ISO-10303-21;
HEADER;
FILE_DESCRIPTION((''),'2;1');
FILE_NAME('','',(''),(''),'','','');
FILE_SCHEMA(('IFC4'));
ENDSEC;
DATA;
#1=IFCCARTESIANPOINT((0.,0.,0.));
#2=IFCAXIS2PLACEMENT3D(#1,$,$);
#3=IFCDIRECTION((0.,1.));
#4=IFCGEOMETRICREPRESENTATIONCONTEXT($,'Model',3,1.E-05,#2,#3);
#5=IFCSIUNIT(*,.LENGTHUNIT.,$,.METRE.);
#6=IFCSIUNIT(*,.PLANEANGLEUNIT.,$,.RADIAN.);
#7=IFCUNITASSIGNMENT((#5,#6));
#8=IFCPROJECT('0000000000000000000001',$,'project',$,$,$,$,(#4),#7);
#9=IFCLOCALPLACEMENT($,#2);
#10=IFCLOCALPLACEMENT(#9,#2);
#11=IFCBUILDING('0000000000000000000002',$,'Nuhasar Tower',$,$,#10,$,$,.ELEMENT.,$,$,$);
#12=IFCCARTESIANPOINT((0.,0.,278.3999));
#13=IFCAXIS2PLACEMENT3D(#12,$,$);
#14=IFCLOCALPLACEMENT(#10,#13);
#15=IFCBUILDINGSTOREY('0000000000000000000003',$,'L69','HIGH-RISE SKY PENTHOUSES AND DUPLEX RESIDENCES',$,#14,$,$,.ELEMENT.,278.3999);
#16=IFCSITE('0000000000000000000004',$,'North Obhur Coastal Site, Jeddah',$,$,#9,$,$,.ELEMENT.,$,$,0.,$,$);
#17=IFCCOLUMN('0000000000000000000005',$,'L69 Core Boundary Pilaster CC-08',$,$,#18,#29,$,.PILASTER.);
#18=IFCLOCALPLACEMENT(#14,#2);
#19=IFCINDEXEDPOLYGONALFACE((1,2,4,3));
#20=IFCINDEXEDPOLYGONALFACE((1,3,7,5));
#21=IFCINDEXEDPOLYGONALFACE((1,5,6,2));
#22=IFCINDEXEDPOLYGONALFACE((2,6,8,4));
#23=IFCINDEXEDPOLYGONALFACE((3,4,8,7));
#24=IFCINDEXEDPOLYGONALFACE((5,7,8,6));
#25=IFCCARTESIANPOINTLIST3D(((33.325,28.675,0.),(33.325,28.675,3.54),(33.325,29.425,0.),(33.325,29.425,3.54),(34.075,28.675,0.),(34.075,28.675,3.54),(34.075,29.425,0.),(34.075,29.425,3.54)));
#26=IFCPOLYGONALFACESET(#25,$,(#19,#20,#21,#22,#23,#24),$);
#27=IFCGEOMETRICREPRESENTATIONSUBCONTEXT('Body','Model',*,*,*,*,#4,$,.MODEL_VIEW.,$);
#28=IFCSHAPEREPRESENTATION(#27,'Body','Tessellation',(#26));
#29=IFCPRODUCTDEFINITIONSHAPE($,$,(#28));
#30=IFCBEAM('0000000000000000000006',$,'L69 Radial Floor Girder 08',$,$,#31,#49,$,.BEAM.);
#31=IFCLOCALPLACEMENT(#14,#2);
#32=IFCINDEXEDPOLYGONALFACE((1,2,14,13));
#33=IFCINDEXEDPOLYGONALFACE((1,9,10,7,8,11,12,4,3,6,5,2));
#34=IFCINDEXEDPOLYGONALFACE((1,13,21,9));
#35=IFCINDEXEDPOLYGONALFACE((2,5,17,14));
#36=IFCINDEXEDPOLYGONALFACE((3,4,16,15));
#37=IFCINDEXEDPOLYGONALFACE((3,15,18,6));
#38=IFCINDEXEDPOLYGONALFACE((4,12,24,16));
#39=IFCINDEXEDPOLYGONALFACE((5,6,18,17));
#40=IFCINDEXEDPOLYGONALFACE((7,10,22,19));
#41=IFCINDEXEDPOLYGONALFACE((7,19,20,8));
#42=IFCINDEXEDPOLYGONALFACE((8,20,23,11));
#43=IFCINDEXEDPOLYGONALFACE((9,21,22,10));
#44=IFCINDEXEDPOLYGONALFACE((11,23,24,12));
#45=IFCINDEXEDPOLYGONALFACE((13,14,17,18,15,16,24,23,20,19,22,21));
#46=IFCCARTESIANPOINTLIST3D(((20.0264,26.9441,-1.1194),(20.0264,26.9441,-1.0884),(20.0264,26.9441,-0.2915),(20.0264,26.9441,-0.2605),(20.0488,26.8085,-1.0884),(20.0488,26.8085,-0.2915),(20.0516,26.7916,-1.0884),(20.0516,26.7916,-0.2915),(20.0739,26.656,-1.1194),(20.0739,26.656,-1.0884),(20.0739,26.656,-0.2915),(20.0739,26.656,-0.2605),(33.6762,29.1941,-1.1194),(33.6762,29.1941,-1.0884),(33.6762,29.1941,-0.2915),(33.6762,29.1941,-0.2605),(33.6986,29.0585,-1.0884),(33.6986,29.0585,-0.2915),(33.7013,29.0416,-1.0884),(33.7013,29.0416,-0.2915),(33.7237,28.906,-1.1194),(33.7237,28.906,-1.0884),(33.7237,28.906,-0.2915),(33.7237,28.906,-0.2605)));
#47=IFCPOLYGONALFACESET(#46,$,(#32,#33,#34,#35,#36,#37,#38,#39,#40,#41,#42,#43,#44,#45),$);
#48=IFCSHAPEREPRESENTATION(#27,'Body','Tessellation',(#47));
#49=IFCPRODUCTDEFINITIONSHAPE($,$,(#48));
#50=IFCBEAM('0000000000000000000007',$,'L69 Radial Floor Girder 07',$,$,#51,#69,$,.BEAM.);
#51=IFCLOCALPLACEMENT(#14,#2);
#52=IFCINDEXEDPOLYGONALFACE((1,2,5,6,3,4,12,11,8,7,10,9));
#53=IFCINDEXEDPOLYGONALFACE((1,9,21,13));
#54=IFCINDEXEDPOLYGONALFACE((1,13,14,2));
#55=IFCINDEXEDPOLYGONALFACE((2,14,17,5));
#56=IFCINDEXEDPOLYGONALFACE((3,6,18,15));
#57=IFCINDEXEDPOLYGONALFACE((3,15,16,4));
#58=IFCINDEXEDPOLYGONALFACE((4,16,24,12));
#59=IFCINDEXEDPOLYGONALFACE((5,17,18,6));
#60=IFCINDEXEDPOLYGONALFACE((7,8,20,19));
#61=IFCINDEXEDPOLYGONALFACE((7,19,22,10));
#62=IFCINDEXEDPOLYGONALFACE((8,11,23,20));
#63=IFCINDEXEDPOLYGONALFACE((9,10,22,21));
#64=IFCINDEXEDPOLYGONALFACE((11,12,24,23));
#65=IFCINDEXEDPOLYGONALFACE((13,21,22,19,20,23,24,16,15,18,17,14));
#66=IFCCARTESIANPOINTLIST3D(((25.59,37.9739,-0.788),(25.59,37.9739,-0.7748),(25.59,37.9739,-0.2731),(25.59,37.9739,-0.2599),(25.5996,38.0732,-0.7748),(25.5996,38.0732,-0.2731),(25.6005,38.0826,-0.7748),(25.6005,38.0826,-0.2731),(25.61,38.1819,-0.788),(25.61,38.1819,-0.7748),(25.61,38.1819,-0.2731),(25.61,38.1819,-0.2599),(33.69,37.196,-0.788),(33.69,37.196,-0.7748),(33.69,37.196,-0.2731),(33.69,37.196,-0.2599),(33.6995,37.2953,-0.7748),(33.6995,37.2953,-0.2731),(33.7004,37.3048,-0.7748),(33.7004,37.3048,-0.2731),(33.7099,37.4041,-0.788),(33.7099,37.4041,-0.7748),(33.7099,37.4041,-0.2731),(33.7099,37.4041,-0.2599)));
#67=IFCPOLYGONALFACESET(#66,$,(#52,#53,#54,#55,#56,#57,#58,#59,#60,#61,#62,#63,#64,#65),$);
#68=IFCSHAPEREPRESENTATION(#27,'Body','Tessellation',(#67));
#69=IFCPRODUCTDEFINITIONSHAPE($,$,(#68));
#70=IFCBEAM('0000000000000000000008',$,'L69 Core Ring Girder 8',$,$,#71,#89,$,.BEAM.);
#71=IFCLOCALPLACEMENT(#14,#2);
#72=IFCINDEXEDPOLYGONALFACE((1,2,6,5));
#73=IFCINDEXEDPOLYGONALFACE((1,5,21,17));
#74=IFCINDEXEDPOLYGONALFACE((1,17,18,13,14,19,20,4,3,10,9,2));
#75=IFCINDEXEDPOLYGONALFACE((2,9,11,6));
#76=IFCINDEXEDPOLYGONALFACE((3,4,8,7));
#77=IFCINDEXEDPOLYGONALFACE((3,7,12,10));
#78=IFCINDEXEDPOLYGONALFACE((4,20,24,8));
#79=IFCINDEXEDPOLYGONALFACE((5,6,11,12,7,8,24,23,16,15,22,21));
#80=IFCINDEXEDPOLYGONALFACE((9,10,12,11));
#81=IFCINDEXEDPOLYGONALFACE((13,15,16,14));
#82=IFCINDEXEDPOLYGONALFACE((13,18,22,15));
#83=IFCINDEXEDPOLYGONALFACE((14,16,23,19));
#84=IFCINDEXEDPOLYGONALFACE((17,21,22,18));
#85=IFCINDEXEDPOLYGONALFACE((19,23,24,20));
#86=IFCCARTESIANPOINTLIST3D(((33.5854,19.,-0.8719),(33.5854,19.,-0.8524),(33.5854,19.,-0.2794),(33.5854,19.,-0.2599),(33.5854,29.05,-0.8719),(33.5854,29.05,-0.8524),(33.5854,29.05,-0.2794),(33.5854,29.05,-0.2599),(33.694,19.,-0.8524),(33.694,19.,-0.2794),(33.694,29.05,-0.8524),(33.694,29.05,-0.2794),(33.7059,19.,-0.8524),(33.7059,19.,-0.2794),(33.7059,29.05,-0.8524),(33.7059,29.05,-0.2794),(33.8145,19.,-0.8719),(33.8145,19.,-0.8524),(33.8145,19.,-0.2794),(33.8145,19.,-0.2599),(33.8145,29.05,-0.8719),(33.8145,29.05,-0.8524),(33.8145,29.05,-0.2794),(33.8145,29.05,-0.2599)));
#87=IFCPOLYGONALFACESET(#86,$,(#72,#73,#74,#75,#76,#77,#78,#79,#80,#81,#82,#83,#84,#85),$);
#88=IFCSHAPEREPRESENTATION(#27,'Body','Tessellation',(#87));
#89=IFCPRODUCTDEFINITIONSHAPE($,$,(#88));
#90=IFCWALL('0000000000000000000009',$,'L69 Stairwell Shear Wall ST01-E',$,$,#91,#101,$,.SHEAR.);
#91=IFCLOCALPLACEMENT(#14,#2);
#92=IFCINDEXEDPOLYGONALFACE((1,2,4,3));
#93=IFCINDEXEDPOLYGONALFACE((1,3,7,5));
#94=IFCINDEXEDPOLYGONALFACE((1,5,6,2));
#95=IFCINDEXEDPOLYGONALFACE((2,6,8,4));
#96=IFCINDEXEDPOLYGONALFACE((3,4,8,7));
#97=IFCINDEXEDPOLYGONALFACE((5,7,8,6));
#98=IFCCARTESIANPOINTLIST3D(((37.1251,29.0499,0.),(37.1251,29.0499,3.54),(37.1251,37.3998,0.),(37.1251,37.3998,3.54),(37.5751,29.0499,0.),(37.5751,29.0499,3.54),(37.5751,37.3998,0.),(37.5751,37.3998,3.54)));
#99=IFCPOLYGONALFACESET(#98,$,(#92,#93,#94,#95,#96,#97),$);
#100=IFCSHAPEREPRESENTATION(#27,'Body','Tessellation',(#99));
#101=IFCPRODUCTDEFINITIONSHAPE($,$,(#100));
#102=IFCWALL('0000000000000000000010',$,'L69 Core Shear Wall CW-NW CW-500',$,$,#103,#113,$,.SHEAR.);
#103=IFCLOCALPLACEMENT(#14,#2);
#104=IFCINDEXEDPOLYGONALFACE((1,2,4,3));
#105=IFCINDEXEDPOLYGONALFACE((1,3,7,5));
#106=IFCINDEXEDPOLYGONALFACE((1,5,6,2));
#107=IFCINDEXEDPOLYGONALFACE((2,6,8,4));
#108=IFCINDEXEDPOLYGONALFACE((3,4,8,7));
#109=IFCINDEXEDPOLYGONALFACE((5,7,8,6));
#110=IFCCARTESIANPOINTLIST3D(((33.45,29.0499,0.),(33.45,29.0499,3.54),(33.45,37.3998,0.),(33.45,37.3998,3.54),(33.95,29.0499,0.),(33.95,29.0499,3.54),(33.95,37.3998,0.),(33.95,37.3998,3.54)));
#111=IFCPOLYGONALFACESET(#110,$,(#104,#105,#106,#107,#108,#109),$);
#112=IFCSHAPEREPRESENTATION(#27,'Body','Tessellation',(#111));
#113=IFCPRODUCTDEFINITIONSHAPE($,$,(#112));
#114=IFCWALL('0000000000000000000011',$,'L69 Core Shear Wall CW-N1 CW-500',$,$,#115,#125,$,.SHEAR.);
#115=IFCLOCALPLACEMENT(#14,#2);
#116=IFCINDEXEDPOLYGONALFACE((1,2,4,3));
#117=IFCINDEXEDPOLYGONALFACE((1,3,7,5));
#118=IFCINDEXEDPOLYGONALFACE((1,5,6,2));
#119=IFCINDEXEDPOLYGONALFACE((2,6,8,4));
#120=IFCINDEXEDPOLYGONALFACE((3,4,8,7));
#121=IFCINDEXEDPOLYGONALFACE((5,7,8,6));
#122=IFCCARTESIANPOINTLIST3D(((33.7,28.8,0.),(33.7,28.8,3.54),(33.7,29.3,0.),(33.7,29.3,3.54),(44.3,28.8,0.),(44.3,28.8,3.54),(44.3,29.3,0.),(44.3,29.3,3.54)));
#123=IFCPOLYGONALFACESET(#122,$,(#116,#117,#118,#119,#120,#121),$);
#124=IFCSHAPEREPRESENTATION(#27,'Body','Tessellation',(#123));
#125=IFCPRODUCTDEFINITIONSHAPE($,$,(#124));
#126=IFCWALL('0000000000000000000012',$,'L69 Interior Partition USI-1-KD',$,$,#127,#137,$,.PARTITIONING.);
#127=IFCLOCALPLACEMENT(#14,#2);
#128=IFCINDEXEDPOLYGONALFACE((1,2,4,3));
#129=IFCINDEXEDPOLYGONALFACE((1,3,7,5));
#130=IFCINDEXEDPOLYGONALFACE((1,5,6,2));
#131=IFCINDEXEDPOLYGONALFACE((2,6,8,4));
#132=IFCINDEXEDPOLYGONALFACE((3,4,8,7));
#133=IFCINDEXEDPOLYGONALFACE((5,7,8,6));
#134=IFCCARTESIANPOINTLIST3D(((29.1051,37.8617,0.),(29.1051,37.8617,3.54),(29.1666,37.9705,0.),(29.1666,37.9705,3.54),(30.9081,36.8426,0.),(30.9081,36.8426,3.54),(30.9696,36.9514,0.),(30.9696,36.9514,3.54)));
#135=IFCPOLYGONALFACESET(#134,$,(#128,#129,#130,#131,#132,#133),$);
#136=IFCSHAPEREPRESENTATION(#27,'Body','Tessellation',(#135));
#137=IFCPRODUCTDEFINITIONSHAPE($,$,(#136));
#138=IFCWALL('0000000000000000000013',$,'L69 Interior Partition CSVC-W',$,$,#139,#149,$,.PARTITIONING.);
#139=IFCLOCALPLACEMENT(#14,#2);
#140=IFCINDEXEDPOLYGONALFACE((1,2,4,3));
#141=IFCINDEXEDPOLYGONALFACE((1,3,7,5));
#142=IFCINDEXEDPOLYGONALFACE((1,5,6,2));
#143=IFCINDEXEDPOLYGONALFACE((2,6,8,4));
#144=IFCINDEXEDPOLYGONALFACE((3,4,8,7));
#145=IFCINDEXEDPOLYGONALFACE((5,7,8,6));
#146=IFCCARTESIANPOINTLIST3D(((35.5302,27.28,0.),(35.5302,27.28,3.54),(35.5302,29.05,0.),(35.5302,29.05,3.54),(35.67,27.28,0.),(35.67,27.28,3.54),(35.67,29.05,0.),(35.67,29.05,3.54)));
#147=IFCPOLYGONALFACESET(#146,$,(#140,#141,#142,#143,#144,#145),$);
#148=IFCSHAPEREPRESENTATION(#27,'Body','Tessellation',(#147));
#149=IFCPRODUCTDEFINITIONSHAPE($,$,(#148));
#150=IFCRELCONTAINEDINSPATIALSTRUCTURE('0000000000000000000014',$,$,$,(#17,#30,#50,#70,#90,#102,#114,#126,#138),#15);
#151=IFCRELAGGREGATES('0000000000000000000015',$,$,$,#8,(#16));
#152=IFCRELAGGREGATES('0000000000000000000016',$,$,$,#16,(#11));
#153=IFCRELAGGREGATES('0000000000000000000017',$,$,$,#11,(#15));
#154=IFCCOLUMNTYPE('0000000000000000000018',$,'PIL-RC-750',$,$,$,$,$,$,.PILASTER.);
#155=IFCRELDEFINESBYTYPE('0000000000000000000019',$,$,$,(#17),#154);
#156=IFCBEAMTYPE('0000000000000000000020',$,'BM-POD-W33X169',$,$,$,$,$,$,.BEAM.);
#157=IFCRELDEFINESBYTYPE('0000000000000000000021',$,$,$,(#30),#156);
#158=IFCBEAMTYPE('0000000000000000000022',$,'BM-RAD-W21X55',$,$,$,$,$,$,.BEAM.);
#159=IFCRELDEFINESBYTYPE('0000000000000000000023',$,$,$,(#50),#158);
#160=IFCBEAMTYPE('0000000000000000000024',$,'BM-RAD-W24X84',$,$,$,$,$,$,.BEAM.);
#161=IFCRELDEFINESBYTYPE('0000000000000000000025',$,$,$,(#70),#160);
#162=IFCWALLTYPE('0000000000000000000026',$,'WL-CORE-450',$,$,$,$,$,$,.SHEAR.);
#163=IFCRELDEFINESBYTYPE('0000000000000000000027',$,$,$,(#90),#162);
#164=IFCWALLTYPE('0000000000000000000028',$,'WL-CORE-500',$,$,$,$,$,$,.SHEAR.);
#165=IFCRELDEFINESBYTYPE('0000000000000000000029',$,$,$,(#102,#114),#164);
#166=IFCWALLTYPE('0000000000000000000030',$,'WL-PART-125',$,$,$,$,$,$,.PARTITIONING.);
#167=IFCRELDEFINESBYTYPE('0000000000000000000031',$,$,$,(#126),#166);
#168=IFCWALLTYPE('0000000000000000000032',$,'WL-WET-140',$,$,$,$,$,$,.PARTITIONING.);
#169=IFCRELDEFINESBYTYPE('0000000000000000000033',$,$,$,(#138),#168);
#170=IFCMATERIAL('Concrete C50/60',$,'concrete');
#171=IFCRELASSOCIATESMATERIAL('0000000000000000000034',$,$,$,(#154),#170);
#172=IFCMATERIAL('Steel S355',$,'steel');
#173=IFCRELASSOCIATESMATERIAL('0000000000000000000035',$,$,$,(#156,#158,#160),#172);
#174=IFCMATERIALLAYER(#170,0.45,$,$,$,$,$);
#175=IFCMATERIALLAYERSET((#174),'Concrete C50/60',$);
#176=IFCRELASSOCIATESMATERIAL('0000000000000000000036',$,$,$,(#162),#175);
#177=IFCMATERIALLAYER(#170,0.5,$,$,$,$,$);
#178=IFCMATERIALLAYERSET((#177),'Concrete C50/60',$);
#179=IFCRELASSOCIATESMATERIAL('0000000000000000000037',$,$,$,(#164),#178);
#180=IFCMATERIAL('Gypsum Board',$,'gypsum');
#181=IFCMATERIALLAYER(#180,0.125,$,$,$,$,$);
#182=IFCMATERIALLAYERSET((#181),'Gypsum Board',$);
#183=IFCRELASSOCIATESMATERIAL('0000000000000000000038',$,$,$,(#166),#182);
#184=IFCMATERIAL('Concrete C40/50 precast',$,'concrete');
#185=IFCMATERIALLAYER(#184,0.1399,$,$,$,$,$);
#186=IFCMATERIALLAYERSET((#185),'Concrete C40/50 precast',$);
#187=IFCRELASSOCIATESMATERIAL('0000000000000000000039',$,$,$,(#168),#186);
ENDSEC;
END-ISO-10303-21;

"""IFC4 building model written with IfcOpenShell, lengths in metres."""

from ifc_helpers import new_model, si_unit, direction, frame, frame_2d, origin, origin_2d, place, context, subcontext, project, spatial, rectangle, i_section, extrude, material, layer, layer_set, material_profile, profile_set, type_object, element, save


model = new_model("IFC4")

# Units and contexts
model_context = context("Model", 3, precision=1e-05, world=origin(), true_north=direction((0.0, 1.0)))
body_context = subcontext(model_context, "Body", "Model", "MODEL_VIEW")
ifc_project = project(units=[si_unit("LENGTHUNIT", "METRE"), si_unit("PLANEANGLEUNIT", "RADIAN")], contexts=[model_context])

# Site, building, storey
site_placement = place(None, origin())
site = spatial("IfcSite", under=ifc_project, at=site_placement, Name="North Obhur Coastal Site, Jeddah", CompositionType="ELEMENT", RefElevation=0.0)
building_placement = place(site_placement, origin())
building = spatial("IfcBuilding", under=site, at=building_placement, Name="Nuhasar Tower", CompositionType="ELEMENT")
storey_placement = place(building_placement, frame((0.0, 0.0, 278.3999)))
storey = spatial("IfcBuildingStorey", under=building, at=storey_placement, Name="L69", Description="HIGH-RISE SKY PENTHOUSES AND DUPLEX RESIDENCES", CompositionType="ELEMENT", Elevation=278.3999)

# Column
ifc_material_1 = material(Name="Concrete C50/60", Category="concrete")
ifc_material_profile_1 = material_profile(ifc_material_1, rectangle(XDim=0.75, YDim=0.75, at=origin_2d()), Name="RC750X750")
ifc_profile_set_1 = profile_set([ifc_material_profile_1], Name="Concrete C50/60")
column_type = type_object("IfcColumnType", Name="PIL-RC-750", PredefinedType="PILASTER", material=ifc_profile_set_1)
column_placement = place(storey_placement, frame((33.7, 29.05, 0.0), z_axis=(0.0, 0.0, 1.0), x_axis=(1.0, 0.0, 0.0)))
element("IfcColumn", 1, at=column_placement, inside=storey, type_object=column_type, Name="L69 Core Boundary Pilaster CC-08", PredefinedType="PILASTER", context=body_context, shape_type="SweptSolid", body=[
    extrude(rectangle(XDim=0.75, YDim=0.75, at=origin_2d()), origin(), (0.0, 0.0, 1.0), 3.54),
])

# Beams
ifc_material_2 = material(Name="Steel S355", Category="steel")
ifc_material_profile_2 = material_profile(ifc_material_2, i_section(OverallWidth=0.292, OverallDepth=0.8589, WebThickness=0.0171, FlangeThickness=0.031, at=origin_2d()), Name="W33X169")
ifc_profile_set_2 = profile_set([ifc_material_profile_2], Name="Steel S355")
beam_type_1 = type_object("IfcBeamType", Name="BM-POD-W33X169", PredefinedType="BEAM", material=ifc_profile_set_2)
beam_1_placement = place(storey_placement, frame((33.7, 29.05, -0.6899), z_axis=(-0.986685, -0.162642, 0.0), x_axis=(0.162642, -0.986685, 0.0)))
element("IfcBeam", 2, at=beam_1_placement, inside=storey, type_object=beam_type_1, Name="L69 Radial Floor Girder 08", PredefinedType="BEAM", context=body_context, shape_type="SweptSolid", body=[
    extrude(i_section(OverallWidth=0.292, OverallDepth=0.8589, WebThickness=0.0171, FlangeThickness=0.031, at=origin_2d()), origin(), (0.0, 0.0, 1.0), 13.834),
])
ifc_material_profile_3 = material_profile(ifc_material_2, i_section(OverallWidth=0.209, OverallDepth=0.5281, WebThickness=0.0095, FlangeThickness=0.0132, at=origin_2d()), Name="W21X55")
ifc_profile_set_3 = profile_set([ifc_material_profile_3], Name="Steel S355")
beam_type_2 = type_object("IfcBeamType", Name="BM-RAD-W21X55", PredefinedType="BEAM", material=ifc_profile_set_3)
beam_2_placement = place(storey_placement, frame((33.7, 37.3, -0.5239), z_axis=(-0.995421, 0.095591, 0.0), x_axis=(-0.095591, -0.995421, 0.0)))
element("IfcBeam", 3, at=beam_2_placement, inside=storey, type_object=beam_type_2, Name="L69 Radial Floor Girder 07", PredefinedType="BEAM", context=body_context, shape_type="SweptSolid", body=[
    extrude(i_section(OverallWidth=0.209, OverallDepth=0.5281, WebThickness=0.0095, FlangeThickness=0.0132, at=origin_2d()), origin(), (0.0, 0.0, 1.0), 8.1372),
])
ifc_material_profile_4 = material_profile(ifc_material_2, i_section(OverallWidth=0.229, OverallDepth=0.6121, WebThickness=0.012, FlangeThickness=0.0195, at=origin_2d()), Name="W24X84")
ifc_profile_set_4 = profile_set([ifc_material_profile_4], Name="Steel S355")
beam_type_3 = type_object("IfcBeamType", Name="BM-RAD-W24X84", PredefinedType="BEAM", material=ifc_profile_set_4)
beam_3_placement = place(storey_placement, frame((33.7, 29.05, -0.5659), z_axis=(0.0, -1.0, 0.0), x_axis=(1.0, 0.0, 0.0)))
element("IfcBeam", 4, at=beam_3_placement, inside=storey, type_object=beam_type_3, Name="L69 Core Ring Girder 8", PredefinedType="BEAM", context=body_context, shape_type="SweptSolid", body=[
    extrude(i_section(OverallWidth=0.229, OverallDepth=0.6121, WebThickness=0.012, FlangeThickness=0.0195, at=origin_2d()), origin(), (0.0, 0.0, 1.0), 10.05),
])

# Walls
ifc_layer_1 = layer(ifc_material_1, 0.45)
ifc_layer_set_1 = layer_set([ifc_layer_1], Name="Concrete C50/60")
wall_type_1 = type_object("IfcWallType", Name="WL-CORE-450", PredefinedType="SHEAR", material=ifc_layer_set_1)
wall_1_placement = place(storey_placement, frame((37.3501, 29.05, 0.0), z_axis=(0.0, 0.0, 1.0), x_axis=(0.0, 1.0, 0.0)))
element("IfcWall", 5, at=wall_1_placement, inside=storey, type_object=wall_type_1, Name="L69 Stairwell Shear Wall ST01-E", PredefinedType="SHEAR", context=body_context, shape_type="SweptSolid", body=[
    extrude(rectangle(XDim=8.3499, YDim=0.45, at=frame_2d((4.1748, 0.0))), origin(), (0.0, 0.0, 1.0), 3.54),
])
ifc_layer_2 = layer(ifc_material_1, 0.5)
ifc_layer_set_2 = layer_set([ifc_layer_2], Name="Concrete C50/60")
wall_type_2 = type_object("IfcWallType", Name="WL-CORE-500", PredefinedType="SHEAR", material=ifc_layer_set_2)
wall_2_placement = place(storey_placement, frame((33.7, 29.05, 0.0), z_axis=(0.0, 0.0, 1.0), x_axis=(0.0, 1.0, 0.0)))
element("IfcWall", 6, at=wall_2_placement, inside=storey, type_object=wall_type_2, Name="L69 Core Shear Wall CW-NW CW-500", PredefinedType="SHEAR", context=body_context, shape_type="SweptSolid", body=[
    extrude(rectangle(XDim=8.3499, YDim=0.5, at=frame_2d((4.1748, 0.0))), origin(), (0.0, 0.0, 1.0), 3.54),
])
wall_3_placement = place(storey_placement, frame((33.7, 29.05, 0.0), z_axis=(0.0, 0.0, 1.0), x_axis=(1.0, 0.0, 0.0)))
element("IfcWall", 7, at=wall_3_placement, inside=storey, type_object=wall_type_2, Name="L69 Core Shear Wall CW-N1 CW-500", PredefinedType="SHEAR", context=body_context, shape_type="SweptSolid", body=[
    extrude(rectangle(XDim=10.6001, YDim=0.5, at=frame_2d((5.3, 0.0))), origin(), (0.0, 0.0, 1.0), 3.54),
])
ifc_material_3 = material(Name="Gypsum Board", Category="gypsum")
ifc_layer_3 = layer(ifc_material_3, 0.125)
ifc_layer_set_3 = layer_set([ifc_layer_3], Name="Gypsum Board")
wall_type_3 = type_object("IfcWallType", Name="WL-PART-125", PredefinedType="PARTITIONING", material=ifc_layer_set_3)
wall_4_placement = place(storey_placement, frame((30.939, 36.897, 0.0), z_axis=(0.0, 0.0, 1.0), x_axis=(-0.870569, 0.492046, 0.0)))
element("IfcWall", 8, at=wall_4_placement, inside=storey, type_object=wall_type_3, Name="L69 Interior Partition USI-1-KD", PredefinedType="PARTITIONING", context=body_context, shape_type="SweptSolid", body=[
    extrude(rectangle(XDim=2.071, YDim=0.125, at=frame_2d((1.0356, 0.0))), origin(), (0.0, 0.0, 1.0), 3.54),
])
ifc_material_4 = material(Name="Concrete C40/50 precast", Category="concrete")
ifc_layer_4 = layer(ifc_material_4, 0.1399)
ifc_layer_set_4 = layer_set([ifc_layer_4], Name="Concrete C40/50 precast")
wall_type_4 = type_object("IfcWallType", Name="WL-WET-140", PredefinedType="PARTITIONING", material=ifc_layer_set_4)
wall_5_placement = place(storey_placement, frame((35.6001, 27.28, 0.0), z_axis=(0.0, 0.0, 1.0), x_axis=(0.0, 1.0, 0.0)))
element("IfcWall", 9, at=wall_5_placement, inside=storey, type_object=wall_type_4, Name="L69 Interior Partition CSVC-W", PredefinedType="PARTITIONING", context=body_context, shape_type="SweptSolid", body=[
    extrude(rectangle(XDim=1.77, YDim=0.1399, at=frame_2d((0.885, 0.0))), origin(), (0.0, 0.0, 1.0), 3.54),
])

save(model, "model.ifc")
